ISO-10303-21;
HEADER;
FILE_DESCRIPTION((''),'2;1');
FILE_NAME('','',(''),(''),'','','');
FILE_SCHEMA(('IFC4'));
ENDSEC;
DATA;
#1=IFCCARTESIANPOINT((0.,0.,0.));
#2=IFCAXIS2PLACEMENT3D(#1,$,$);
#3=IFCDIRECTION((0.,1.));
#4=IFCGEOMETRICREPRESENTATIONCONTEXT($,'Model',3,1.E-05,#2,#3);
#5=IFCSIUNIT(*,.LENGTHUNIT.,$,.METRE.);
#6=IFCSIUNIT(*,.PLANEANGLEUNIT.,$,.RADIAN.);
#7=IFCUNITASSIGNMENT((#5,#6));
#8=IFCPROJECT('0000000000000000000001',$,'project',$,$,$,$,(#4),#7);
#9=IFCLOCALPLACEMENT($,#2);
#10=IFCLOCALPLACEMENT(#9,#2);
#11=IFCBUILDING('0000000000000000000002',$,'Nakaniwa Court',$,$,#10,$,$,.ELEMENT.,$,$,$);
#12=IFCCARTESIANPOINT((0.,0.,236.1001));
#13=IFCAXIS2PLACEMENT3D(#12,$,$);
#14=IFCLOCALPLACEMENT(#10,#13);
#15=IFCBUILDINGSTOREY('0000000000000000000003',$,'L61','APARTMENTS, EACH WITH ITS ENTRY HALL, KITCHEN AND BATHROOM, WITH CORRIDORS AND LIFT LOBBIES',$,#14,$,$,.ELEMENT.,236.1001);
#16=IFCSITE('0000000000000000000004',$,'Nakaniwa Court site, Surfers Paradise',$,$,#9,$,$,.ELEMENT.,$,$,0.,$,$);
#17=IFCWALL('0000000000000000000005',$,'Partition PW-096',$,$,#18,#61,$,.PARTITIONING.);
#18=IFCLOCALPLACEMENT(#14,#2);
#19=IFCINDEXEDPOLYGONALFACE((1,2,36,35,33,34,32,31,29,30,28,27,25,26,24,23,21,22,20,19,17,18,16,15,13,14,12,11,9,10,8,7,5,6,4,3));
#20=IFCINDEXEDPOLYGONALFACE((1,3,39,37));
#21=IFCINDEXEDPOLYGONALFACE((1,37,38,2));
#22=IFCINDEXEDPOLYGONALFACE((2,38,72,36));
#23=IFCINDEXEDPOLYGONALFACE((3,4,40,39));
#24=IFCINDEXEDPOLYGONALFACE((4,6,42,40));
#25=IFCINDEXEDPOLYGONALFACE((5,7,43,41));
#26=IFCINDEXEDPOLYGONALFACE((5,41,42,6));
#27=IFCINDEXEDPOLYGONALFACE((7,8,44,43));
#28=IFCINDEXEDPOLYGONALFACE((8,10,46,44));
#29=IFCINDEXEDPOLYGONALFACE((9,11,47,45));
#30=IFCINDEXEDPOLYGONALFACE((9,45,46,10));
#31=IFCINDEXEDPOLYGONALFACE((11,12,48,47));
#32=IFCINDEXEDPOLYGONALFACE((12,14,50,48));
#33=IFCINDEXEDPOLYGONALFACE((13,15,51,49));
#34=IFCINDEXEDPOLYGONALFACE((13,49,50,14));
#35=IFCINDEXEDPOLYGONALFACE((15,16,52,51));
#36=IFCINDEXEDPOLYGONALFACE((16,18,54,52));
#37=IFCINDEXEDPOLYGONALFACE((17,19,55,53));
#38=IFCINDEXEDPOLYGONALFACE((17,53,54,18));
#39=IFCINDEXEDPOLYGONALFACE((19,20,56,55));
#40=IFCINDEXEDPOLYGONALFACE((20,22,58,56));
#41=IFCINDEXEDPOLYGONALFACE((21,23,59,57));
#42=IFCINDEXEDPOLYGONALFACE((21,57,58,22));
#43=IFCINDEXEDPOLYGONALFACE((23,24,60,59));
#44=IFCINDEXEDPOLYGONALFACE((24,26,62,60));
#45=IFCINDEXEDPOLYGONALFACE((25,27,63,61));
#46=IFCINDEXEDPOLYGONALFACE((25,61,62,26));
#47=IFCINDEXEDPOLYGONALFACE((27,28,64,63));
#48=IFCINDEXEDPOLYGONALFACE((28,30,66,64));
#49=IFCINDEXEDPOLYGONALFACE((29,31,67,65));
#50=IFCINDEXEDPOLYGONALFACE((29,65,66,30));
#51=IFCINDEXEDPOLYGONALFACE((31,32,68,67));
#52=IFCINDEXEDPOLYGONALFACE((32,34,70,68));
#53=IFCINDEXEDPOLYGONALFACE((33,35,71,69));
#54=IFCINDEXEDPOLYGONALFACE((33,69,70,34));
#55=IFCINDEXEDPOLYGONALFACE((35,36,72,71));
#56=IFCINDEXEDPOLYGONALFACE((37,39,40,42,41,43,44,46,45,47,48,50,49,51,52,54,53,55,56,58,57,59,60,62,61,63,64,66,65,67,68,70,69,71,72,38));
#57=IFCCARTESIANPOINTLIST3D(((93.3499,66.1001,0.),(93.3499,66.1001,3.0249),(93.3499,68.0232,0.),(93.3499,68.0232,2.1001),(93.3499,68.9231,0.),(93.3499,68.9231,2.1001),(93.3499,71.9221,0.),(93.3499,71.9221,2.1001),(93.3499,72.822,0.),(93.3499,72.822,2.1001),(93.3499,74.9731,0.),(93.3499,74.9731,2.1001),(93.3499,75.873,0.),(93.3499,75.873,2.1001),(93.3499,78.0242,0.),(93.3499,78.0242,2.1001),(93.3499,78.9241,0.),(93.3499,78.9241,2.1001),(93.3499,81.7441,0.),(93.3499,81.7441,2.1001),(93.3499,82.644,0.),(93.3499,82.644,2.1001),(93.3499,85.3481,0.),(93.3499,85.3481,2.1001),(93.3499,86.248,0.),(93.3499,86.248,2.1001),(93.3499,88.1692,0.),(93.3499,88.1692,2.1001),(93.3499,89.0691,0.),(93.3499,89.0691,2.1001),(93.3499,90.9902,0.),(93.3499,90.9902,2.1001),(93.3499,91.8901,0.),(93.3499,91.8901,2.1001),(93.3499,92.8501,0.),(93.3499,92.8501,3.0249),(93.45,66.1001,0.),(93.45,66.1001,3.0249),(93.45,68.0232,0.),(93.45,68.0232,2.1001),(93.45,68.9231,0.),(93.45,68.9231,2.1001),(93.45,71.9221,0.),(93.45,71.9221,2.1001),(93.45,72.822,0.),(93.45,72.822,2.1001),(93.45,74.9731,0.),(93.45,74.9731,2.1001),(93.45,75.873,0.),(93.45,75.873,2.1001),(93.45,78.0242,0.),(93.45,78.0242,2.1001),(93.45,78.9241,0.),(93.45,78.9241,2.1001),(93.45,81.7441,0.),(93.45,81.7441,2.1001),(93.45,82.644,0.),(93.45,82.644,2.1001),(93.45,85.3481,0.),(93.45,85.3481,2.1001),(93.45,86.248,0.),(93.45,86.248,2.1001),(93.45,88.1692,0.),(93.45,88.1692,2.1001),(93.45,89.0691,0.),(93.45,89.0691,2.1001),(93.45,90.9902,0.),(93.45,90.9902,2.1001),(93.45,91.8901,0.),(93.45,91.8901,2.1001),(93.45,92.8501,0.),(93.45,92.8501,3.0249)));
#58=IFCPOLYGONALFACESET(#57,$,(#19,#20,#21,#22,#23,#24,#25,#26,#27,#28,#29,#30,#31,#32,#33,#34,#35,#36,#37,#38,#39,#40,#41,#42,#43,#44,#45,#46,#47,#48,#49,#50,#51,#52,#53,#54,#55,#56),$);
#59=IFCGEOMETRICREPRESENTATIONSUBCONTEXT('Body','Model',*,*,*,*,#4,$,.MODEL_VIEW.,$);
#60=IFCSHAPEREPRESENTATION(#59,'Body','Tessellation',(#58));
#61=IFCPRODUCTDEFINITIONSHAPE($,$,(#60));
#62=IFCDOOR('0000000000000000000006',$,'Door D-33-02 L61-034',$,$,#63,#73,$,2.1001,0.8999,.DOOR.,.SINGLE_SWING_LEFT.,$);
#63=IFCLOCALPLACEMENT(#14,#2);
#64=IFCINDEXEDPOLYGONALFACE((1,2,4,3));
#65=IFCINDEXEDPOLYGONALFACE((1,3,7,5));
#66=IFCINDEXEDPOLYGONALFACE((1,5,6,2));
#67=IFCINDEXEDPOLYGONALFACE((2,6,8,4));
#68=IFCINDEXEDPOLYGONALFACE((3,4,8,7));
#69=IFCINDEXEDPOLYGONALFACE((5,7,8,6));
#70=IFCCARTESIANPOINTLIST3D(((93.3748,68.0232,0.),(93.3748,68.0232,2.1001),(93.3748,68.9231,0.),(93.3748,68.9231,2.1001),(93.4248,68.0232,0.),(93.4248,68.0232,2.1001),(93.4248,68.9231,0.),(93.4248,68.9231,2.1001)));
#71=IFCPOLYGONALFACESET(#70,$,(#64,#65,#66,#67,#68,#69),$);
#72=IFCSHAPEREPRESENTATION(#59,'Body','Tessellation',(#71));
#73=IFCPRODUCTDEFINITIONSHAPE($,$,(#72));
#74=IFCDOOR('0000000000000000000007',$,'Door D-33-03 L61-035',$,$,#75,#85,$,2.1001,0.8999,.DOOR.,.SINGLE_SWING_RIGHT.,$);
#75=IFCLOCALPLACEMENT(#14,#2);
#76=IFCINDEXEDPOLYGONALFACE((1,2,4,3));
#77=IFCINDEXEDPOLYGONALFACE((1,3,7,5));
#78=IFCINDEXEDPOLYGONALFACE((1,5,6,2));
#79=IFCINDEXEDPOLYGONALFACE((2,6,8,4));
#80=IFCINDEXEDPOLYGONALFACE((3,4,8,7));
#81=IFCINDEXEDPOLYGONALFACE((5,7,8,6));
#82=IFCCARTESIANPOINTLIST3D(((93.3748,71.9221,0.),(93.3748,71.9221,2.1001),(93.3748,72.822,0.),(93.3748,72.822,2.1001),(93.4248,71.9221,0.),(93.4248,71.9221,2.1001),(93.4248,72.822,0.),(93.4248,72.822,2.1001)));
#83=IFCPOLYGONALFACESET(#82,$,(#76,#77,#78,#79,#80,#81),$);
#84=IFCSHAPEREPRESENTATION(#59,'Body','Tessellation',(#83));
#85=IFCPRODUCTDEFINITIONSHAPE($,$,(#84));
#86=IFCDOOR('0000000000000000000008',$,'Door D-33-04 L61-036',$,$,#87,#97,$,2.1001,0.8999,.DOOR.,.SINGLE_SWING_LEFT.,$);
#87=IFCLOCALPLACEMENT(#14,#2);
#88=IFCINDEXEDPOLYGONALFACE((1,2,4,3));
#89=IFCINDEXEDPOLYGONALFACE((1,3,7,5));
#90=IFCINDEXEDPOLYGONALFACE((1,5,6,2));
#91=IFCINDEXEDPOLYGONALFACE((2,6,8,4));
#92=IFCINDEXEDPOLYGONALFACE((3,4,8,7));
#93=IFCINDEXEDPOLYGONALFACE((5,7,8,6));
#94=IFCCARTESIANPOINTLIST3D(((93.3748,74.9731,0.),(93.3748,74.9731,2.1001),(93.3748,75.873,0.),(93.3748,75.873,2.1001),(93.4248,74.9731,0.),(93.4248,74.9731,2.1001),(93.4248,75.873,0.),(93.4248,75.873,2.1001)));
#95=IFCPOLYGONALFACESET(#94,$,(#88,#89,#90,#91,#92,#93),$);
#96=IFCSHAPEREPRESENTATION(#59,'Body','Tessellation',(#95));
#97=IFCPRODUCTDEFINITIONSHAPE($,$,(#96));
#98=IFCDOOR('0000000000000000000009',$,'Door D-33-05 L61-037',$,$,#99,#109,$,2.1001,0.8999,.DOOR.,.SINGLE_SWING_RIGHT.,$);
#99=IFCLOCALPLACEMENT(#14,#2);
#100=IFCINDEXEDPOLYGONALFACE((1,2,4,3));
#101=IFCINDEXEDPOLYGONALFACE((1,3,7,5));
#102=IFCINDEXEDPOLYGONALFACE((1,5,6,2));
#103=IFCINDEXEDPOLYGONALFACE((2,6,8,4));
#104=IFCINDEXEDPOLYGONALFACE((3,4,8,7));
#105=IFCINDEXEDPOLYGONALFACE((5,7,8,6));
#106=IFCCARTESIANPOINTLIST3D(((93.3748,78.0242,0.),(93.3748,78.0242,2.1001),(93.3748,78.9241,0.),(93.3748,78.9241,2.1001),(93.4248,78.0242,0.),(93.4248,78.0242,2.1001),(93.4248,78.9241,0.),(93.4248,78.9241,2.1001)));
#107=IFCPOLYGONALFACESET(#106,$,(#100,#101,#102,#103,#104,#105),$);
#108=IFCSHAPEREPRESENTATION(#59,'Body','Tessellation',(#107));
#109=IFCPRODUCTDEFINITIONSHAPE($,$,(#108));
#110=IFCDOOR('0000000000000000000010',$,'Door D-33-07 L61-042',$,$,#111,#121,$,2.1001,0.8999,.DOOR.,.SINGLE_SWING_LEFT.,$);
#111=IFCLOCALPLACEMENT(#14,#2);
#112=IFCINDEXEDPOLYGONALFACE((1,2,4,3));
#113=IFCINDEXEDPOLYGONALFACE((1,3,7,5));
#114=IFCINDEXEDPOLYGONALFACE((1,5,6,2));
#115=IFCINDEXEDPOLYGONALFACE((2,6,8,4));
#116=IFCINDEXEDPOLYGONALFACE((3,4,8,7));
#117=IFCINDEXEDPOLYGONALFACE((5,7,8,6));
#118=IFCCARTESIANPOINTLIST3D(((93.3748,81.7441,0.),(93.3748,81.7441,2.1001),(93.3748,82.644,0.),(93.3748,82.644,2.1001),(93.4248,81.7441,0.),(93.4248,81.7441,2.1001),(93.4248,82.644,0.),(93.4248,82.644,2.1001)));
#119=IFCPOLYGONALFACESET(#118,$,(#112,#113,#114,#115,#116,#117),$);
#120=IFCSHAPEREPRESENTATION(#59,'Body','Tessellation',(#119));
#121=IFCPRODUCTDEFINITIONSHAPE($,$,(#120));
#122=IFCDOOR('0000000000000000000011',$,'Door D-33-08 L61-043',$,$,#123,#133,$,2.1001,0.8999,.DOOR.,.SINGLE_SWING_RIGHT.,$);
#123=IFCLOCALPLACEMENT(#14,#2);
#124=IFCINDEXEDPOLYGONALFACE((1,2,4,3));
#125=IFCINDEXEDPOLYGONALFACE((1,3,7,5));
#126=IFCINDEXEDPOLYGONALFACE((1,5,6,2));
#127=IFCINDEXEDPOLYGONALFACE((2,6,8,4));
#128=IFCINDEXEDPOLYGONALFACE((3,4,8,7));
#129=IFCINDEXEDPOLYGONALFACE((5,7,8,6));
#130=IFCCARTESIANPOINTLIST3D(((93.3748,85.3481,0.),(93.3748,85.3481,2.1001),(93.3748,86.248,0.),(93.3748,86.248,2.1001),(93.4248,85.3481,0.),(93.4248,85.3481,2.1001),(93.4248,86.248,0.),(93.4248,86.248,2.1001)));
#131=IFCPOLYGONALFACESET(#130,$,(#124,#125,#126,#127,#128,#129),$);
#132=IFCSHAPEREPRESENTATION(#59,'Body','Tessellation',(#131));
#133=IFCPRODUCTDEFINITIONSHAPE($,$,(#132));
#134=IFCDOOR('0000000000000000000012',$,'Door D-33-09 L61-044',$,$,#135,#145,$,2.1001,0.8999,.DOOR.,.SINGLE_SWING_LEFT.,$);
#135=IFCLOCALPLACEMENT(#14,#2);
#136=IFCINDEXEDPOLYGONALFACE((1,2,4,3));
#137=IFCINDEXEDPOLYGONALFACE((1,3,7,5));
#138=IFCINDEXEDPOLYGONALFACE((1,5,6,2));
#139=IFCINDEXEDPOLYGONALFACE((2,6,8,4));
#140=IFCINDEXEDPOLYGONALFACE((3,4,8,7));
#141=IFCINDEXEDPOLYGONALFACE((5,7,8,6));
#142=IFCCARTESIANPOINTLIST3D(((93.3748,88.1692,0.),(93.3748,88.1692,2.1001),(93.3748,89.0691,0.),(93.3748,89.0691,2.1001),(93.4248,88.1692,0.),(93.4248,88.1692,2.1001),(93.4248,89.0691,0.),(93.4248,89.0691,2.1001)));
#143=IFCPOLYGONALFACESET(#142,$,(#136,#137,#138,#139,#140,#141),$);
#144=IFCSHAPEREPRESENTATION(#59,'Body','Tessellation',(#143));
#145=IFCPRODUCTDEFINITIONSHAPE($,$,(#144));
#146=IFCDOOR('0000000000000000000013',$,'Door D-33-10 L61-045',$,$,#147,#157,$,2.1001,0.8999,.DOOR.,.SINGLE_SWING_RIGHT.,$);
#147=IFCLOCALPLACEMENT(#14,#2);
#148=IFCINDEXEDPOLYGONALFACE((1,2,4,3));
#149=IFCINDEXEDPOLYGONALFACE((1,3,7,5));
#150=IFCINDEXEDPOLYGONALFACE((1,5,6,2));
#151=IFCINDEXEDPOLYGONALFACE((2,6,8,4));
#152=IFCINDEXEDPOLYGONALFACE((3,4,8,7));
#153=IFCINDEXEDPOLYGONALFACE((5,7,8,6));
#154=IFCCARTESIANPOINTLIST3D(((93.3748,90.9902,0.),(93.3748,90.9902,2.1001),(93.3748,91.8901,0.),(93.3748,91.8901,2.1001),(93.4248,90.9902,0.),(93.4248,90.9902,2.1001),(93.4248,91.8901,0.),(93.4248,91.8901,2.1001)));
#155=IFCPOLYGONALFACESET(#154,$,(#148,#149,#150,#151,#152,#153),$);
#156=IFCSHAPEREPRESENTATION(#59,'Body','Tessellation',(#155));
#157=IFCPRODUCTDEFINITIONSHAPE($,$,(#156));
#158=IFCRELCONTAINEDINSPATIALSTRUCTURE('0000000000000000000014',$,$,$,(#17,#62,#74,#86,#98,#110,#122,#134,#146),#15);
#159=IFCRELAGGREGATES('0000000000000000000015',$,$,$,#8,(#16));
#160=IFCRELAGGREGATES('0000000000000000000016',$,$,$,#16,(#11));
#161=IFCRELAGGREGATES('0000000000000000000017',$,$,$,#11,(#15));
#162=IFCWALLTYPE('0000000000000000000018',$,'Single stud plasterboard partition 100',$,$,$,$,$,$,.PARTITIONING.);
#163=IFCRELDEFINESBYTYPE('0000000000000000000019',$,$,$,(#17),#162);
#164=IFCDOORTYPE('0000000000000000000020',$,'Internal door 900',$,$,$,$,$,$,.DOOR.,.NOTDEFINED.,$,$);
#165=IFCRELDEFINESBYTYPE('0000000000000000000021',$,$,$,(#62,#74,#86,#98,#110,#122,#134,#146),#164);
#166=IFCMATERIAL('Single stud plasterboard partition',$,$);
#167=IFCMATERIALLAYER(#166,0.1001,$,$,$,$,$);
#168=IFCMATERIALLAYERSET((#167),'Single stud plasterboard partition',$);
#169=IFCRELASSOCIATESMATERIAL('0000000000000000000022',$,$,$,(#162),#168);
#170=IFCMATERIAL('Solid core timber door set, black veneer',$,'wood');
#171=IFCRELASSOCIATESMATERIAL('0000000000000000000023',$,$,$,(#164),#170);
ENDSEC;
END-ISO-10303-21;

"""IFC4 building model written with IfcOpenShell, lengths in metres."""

from ifc_helpers import new_model, si_unit, direction, frame, frame_2d, origin, place, context, subcontext, project, spatial, rectangle, extrude, material, layer, layer_set, type_object, element, fill, save


model = new_model("IFC4")

# Units and contexts
model_context = context("Model", 3, precision=1e-05, world=origin(), true_north=direction((0.0, 1.0)))
body_context = subcontext(model_context, "Body", "Model", "MODEL_VIEW")
ifc_project = project(units=[si_unit("LENGTHUNIT", "METRE"), si_unit("PLANEANGLEUNIT", "RADIAN")], contexts=[model_context])

# Site, building, storey
site_placement = place(None, origin())
site = spatial("IfcSite", under=ifc_project, at=site_placement, Name="Nakaniwa Court site, Surfers Paradise", CompositionType="ELEMENT", RefElevation=0.0)
building_placement = place(site_placement, origin())
building = spatial("IfcBuilding", under=site, at=building_placement, Name="Nakaniwa Court", CompositionType="ELEMENT")
storey_placement = place(building_placement, frame((0.0, 0.0, 236.1001)))
storey = spatial("IfcBuildingStorey", under=building, at=storey_placement, Name="L61", Description="APARTMENTS, EACH WITH ITS ENTRY HALL, KITCHEN AND BATHROOM, WITH CORRIDORS AND LIFT LOBBIES", CompositionType="ELEMENT", Elevation=236.1001)

# Wall, openings, doors
ifc_material_1 = material(Name="Single stud plasterboard partition")
ifc_layer_1 = layer(ifc_material_1, 0.1001)
ifc_layer_set_1 = layer_set([ifc_layer_1], Name="Single stud plasterboard partition")
wall_type_1 = type_object("IfcWallType", Name="Single stud plasterboard partition 100", PredefinedType="PARTITIONING", material=ifc_layer_set_1)
wall_1_placement = place(storey_placement, frame((93.3999, 92.8501, 0.0), z_axis=(0.0, 0.0, 1.0), x_axis=(0.0, -1.0, 0.0)))
wall_1 = element("IfcWall", 1, at=wall_1_placement, inside=storey, type_object=wall_type_1, Name="Partition PW-096", PredefinedType="PARTITIONING", context=body_context, shape_type="SweptSolid", body=[
    extrude(rectangle(XDim=26.75, YDim=0.1001, at=frame_2d((13.375, 0.0))), origin(), (0.0, 0.0, 1.0), 3.0249),
])
opening_1_placement = place(wall_1_placement, frame((23.927, 0.0, 0.0)))
opening_1 = element("IfcOpeningElement", 2, at=opening_1_placement, cuts=wall_1, PredefinedType="OPENING", context=body_context, shape_type="SweptSolid", body=[
    extrude(rectangle(XDim=0.8999, YDim=2.1001, at=frame_2d((0.45, 1.05))), frame((0.0, 0.0601, 0.0), z_axis=(0.0, -1.0, 0.0), x_axis=(1.0, 0.0, 0.0)), (0.0, 0.0, 1.0), 0.1201),
])
opening_2_placement = place(wall_1_placement, frame((20.0281, 0.0, 0.0)))
opening_2 = element("IfcOpeningElement", 3, at=opening_2_placement, cuts=wall_1, PredefinedType="OPENING", context=body_context, shape_type="SweptSolid", body=[
    extrude(rectangle(XDim=0.8999, YDim=2.1001, at=frame_2d((0.45, 1.05))), frame((0.0, 0.0601, 0.0), z_axis=(0.0, -1.0, 0.0), x_axis=(1.0, 0.0, 0.0)), (0.0, 0.0, 1.0), 0.1201),
])
opening_3_placement = place(wall_1_placement, frame((16.9771, 0.0, 0.0)))
opening_3 = element("IfcOpeningElement", 4, at=opening_3_placement, cuts=wall_1, PredefinedType="OPENING", context=body_context, shape_type="SweptSolid", body=[
    extrude(rectangle(XDim=0.8999, YDim=2.1001, at=frame_2d((0.45, 1.05))), frame((0.0, 0.0601, 0.0), z_axis=(0.0, -1.0, 0.0), x_axis=(1.0, 0.0, 0.0)), (0.0, 0.0, 1.0), 0.1201),
])
opening_4_placement = place(wall_1_placement, frame((13.926, 0.0, 0.0)))
opening_4 = element("IfcOpeningElement", 5, at=opening_4_placement, cuts=wall_1, PredefinedType="OPENING", context=body_context, shape_type="SweptSolid", body=[
    extrude(rectangle(XDim=0.8999, YDim=2.1001, at=frame_2d((0.45, 1.05))), frame((0.0, 0.0601, 0.0), z_axis=(0.0, -1.0, 0.0), x_axis=(1.0, 0.0, 0.0)), (0.0, 0.0, 1.0), 0.1201),
])
opening_5_placement = place(wall_1_placement, frame((10.2061, 0.0, 0.0)))
opening_5 = element("IfcOpeningElement", 6, at=opening_5_placement, cuts=wall_1, PredefinedType="OPENING", context=body_context, shape_type="SweptSolid", body=[
    extrude(rectangle(XDim=0.8999, YDim=2.1001, at=frame_2d((0.45, 1.05))), frame((0.0, 0.0601, 0.0), z_axis=(0.0, -1.0, 0.0), x_axis=(1.0, 0.0, 0.0)), (0.0, 0.0, 1.0), 0.1201),
])
opening_6_placement = place(wall_1_placement, frame((6.6021, 0.0, 0.0)))
opening_6 = element("IfcOpeningElement", 7, at=opening_6_placement, cuts=wall_1, PredefinedType="OPENING", context=body_context, shape_type="SweptSolid", body=[
    extrude(rectangle(XDim=0.8999, YDim=2.1001, at=frame_2d((0.45, 1.05))), frame((0.0, 0.0601, 0.0), z_axis=(0.0, -1.0, 0.0), x_axis=(1.0, 0.0, 0.0)), (0.0, 0.0, 1.0), 0.1201),
])
opening_7_placement = place(wall_1_placement, frame((3.781, 0.0, 0.0)))
opening_7 = element("IfcOpeningElement", 8, at=opening_7_placement, cuts=wall_1, PredefinedType="OPENING", context=body_context, shape_type="SweptSolid", body=[
    extrude(rectangle(XDim=0.8999, YDim=2.1001, at=frame_2d((0.45, 1.05))), frame((0.0, 0.0601, 0.0), z_axis=(0.0, -1.0, 0.0), x_axis=(1.0, 0.0, 0.0)), (0.0, 0.0, 1.0), 0.1201),
])
opening_8_placement = place(wall_1_placement, frame((0.96, 0.0, 0.0)))
opening_8 = element("IfcOpeningElement", 9, at=opening_8_placement, cuts=wall_1, PredefinedType="OPENING", context=body_context, shape_type="SweptSolid", body=[
    extrude(rectangle(XDim=0.8999, YDim=2.1001, at=frame_2d((0.45, 1.05))), frame((0.0, 0.0601, 0.0), z_axis=(0.0, -1.0, 0.0), x_axis=(1.0, 0.0, 0.0)), (0.0, 0.0, 1.0), 0.1201),
])
ifc_material_2 = material(Name="Solid core timber door set, black veneer", Category="wood")
door_type = type_object("IfcDoorType", Name="Internal door 900", OperationType="NOTDEFINED", PredefinedType="DOOR", material=ifc_material_2)
door_1_placement = place(opening_1_placement, origin())
door_1 = element("IfcDoor", 10, at=door_1_placement, inside=storey, type_object=door_type, Name="Door D-33-02 L61-034", OperationType="SINGLE_SWING_LEFT", OverallHeight=2.1001, OverallWidth=0.8999, PredefinedType="DOOR", context=body_context, shape_type="SweptSolid", body=[
    extrude(rectangle(XDim=0.8999, YDim=2.1001, at=frame_2d((0.45, 1.05))), frame((0.0, 0.0249, 0.0), z_axis=(0.0, -1.0, 0.0), x_axis=(1.0, 0.0, 0.0)), (0.0, 0.0, 1.0), 0.05),
])
fill(opening_1, door_1)
door_2_placement = place(opening_2_placement, origin())
door_2 = element("IfcDoor", 11, at=door_2_placement, inside=storey, type_object=door_type, Name="Door D-33-03 L61-035", OperationType="SINGLE_SWING_RIGHT", OverallHeight=2.1001, OverallWidth=0.8999, PredefinedType="DOOR", context=body_context, shape_type="SweptSolid", body=[
    extrude(rectangle(XDim=0.8999, YDim=2.1001, at=frame_2d((0.45, 1.05))), frame((0.0, 0.0249, 0.0), z_axis=(0.0, -1.0, 0.0), x_axis=(1.0, 0.0, 0.0)), (0.0, 0.0, 1.0), 0.05),
])
fill(opening_2, door_2)
door_3_placement = place(opening_3_placement, origin())
door_3 = element("IfcDoor", 12, at=door_3_placement, inside=storey, type_object=door_type, Name="Door D-33-04 L61-036", OperationType="SINGLE_SWING_LEFT", OverallHeight=2.1001, OverallWidth=0.8999, PredefinedType="DOOR", context=body_context, shape_type="SweptSolid", body=[
    extrude(rectangle(XDim=0.8999, YDim=2.1001, at=frame_2d((0.45, 1.05))), frame((0.0, 0.0249, 0.0), z_axis=(0.0, -1.0, 0.0), x_axis=(1.0, 0.0, 0.0)), (0.0, 0.0, 1.0), 0.05),
])
fill(opening_3, door_3)
door_4_placement = place(opening_4_placement, origin())
door_4 = element("IfcDoor", 13, at=door_4_placement, inside=storey, type_object=door_type, Name="Door D-33-05 L61-037", OperationType="SINGLE_SWING_RIGHT", OverallHeight=2.1001, OverallWidth=0.8999, PredefinedType="DOOR", context=body_context, shape_type="SweptSolid", body=[
    extrude(rectangle(XDim=0.8999, YDim=2.1001, at=frame_2d((0.45, 1.05))), frame((0.0, 0.0249, 0.0), z_axis=(0.0, -1.0, 0.0), x_axis=(1.0, 0.0, 0.0)), (0.0, 0.0, 1.0), 0.05),
])
fill(opening_4, door_4)
door_5_placement = place(opening_5_placement, origin())
door_5 = element("IfcDoor", 14, at=door_5_placement, inside=storey, type_object=door_type, Name="Door D-33-07 L61-042", OperationType="SINGLE_SWING_LEFT", OverallHeight=2.1001, OverallWidth=0.8999, PredefinedType="DOOR", context=body_context, shape_type="SweptSolid", body=[
    extrude(rectangle(XDim=0.8999, YDim=2.1001, at=frame_2d((0.45, 1.05))), frame((0.0, 0.0249, 0.0), z_axis=(0.0, -1.0, 0.0), x_axis=(1.0, 0.0, 0.0)), (0.0, 0.0, 1.0), 0.05),
])
fill(opening_5, door_5)
door_6_placement = place(opening_6_placement, origin())
door_6 = element("IfcDoor", 15, at=door_6_placement, inside=storey, type_object=door_type, Name="Door D-33-08 L61-043", OperationType="SINGLE_SWING_RIGHT", OverallHeight=2.1001, OverallWidth=0.8999, PredefinedType="DOOR", context=body_context, shape_type="SweptSolid", body=[
    extrude(rectangle(XDim=0.8999, YDim=2.1001, at=frame_2d((0.45, 1.05))), frame((0.0, 0.0249, 0.0), z_axis=(0.0, -1.0, 0.0), x_axis=(1.0, 0.0, 0.0)), (0.0, 0.0, 1.0), 0.05),
])
fill(opening_6, door_6)
door_7_placement = place(opening_7_placement, origin())
door_7 = element("IfcDoor", 16, at=door_7_placement, inside=storey, type_object=door_type, Name="Door D-33-09 L61-044", OperationType="SINGLE_SWING_LEFT", OverallHeight=2.1001, OverallWidth=0.8999, PredefinedType="DOOR", context=body_context, shape_type="SweptSolid", body=[
    extrude(rectangle(XDim=0.8999, YDim=2.1001, at=frame_2d((0.45, 1.05))), frame((0.0, 0.0249, 0.0), z_axis=(0.0, -1.0, 0.0), x_axis=(1.0, 0.0, 0.0)), (0.0, 0.0, 1.0), 0.05),
])
fill(opening_7, door_7)
door_8_placement = place(opening_8_placement, origin())
door_8 = element("IfcDoor", 17, at=door_8_placement, inside=storey, type_object=door_type, Name="Door D-33-10 L61-045", OperationType="SINGLE_SWING_RIGHT", OverallHeight=2.1001, OverallWidth=0.8999, PredefinedType="DOOR", context=body_context, shape_type="SweptSolid", body=[
    extrude(rectangle(XDim=0.8999, YDim=2.1001, at=frame_2d((0.45, 1.05))), frame((0.0, 0.0249, 0.0), z_axis=(0.0, -1.0, 0.0), x_axis=(1.0, 0.0, 0.0)), (0.0, 0.0, 1.0), 0.05),
])
fill(opening_8, door_8)

save(model, "model.ifc")
